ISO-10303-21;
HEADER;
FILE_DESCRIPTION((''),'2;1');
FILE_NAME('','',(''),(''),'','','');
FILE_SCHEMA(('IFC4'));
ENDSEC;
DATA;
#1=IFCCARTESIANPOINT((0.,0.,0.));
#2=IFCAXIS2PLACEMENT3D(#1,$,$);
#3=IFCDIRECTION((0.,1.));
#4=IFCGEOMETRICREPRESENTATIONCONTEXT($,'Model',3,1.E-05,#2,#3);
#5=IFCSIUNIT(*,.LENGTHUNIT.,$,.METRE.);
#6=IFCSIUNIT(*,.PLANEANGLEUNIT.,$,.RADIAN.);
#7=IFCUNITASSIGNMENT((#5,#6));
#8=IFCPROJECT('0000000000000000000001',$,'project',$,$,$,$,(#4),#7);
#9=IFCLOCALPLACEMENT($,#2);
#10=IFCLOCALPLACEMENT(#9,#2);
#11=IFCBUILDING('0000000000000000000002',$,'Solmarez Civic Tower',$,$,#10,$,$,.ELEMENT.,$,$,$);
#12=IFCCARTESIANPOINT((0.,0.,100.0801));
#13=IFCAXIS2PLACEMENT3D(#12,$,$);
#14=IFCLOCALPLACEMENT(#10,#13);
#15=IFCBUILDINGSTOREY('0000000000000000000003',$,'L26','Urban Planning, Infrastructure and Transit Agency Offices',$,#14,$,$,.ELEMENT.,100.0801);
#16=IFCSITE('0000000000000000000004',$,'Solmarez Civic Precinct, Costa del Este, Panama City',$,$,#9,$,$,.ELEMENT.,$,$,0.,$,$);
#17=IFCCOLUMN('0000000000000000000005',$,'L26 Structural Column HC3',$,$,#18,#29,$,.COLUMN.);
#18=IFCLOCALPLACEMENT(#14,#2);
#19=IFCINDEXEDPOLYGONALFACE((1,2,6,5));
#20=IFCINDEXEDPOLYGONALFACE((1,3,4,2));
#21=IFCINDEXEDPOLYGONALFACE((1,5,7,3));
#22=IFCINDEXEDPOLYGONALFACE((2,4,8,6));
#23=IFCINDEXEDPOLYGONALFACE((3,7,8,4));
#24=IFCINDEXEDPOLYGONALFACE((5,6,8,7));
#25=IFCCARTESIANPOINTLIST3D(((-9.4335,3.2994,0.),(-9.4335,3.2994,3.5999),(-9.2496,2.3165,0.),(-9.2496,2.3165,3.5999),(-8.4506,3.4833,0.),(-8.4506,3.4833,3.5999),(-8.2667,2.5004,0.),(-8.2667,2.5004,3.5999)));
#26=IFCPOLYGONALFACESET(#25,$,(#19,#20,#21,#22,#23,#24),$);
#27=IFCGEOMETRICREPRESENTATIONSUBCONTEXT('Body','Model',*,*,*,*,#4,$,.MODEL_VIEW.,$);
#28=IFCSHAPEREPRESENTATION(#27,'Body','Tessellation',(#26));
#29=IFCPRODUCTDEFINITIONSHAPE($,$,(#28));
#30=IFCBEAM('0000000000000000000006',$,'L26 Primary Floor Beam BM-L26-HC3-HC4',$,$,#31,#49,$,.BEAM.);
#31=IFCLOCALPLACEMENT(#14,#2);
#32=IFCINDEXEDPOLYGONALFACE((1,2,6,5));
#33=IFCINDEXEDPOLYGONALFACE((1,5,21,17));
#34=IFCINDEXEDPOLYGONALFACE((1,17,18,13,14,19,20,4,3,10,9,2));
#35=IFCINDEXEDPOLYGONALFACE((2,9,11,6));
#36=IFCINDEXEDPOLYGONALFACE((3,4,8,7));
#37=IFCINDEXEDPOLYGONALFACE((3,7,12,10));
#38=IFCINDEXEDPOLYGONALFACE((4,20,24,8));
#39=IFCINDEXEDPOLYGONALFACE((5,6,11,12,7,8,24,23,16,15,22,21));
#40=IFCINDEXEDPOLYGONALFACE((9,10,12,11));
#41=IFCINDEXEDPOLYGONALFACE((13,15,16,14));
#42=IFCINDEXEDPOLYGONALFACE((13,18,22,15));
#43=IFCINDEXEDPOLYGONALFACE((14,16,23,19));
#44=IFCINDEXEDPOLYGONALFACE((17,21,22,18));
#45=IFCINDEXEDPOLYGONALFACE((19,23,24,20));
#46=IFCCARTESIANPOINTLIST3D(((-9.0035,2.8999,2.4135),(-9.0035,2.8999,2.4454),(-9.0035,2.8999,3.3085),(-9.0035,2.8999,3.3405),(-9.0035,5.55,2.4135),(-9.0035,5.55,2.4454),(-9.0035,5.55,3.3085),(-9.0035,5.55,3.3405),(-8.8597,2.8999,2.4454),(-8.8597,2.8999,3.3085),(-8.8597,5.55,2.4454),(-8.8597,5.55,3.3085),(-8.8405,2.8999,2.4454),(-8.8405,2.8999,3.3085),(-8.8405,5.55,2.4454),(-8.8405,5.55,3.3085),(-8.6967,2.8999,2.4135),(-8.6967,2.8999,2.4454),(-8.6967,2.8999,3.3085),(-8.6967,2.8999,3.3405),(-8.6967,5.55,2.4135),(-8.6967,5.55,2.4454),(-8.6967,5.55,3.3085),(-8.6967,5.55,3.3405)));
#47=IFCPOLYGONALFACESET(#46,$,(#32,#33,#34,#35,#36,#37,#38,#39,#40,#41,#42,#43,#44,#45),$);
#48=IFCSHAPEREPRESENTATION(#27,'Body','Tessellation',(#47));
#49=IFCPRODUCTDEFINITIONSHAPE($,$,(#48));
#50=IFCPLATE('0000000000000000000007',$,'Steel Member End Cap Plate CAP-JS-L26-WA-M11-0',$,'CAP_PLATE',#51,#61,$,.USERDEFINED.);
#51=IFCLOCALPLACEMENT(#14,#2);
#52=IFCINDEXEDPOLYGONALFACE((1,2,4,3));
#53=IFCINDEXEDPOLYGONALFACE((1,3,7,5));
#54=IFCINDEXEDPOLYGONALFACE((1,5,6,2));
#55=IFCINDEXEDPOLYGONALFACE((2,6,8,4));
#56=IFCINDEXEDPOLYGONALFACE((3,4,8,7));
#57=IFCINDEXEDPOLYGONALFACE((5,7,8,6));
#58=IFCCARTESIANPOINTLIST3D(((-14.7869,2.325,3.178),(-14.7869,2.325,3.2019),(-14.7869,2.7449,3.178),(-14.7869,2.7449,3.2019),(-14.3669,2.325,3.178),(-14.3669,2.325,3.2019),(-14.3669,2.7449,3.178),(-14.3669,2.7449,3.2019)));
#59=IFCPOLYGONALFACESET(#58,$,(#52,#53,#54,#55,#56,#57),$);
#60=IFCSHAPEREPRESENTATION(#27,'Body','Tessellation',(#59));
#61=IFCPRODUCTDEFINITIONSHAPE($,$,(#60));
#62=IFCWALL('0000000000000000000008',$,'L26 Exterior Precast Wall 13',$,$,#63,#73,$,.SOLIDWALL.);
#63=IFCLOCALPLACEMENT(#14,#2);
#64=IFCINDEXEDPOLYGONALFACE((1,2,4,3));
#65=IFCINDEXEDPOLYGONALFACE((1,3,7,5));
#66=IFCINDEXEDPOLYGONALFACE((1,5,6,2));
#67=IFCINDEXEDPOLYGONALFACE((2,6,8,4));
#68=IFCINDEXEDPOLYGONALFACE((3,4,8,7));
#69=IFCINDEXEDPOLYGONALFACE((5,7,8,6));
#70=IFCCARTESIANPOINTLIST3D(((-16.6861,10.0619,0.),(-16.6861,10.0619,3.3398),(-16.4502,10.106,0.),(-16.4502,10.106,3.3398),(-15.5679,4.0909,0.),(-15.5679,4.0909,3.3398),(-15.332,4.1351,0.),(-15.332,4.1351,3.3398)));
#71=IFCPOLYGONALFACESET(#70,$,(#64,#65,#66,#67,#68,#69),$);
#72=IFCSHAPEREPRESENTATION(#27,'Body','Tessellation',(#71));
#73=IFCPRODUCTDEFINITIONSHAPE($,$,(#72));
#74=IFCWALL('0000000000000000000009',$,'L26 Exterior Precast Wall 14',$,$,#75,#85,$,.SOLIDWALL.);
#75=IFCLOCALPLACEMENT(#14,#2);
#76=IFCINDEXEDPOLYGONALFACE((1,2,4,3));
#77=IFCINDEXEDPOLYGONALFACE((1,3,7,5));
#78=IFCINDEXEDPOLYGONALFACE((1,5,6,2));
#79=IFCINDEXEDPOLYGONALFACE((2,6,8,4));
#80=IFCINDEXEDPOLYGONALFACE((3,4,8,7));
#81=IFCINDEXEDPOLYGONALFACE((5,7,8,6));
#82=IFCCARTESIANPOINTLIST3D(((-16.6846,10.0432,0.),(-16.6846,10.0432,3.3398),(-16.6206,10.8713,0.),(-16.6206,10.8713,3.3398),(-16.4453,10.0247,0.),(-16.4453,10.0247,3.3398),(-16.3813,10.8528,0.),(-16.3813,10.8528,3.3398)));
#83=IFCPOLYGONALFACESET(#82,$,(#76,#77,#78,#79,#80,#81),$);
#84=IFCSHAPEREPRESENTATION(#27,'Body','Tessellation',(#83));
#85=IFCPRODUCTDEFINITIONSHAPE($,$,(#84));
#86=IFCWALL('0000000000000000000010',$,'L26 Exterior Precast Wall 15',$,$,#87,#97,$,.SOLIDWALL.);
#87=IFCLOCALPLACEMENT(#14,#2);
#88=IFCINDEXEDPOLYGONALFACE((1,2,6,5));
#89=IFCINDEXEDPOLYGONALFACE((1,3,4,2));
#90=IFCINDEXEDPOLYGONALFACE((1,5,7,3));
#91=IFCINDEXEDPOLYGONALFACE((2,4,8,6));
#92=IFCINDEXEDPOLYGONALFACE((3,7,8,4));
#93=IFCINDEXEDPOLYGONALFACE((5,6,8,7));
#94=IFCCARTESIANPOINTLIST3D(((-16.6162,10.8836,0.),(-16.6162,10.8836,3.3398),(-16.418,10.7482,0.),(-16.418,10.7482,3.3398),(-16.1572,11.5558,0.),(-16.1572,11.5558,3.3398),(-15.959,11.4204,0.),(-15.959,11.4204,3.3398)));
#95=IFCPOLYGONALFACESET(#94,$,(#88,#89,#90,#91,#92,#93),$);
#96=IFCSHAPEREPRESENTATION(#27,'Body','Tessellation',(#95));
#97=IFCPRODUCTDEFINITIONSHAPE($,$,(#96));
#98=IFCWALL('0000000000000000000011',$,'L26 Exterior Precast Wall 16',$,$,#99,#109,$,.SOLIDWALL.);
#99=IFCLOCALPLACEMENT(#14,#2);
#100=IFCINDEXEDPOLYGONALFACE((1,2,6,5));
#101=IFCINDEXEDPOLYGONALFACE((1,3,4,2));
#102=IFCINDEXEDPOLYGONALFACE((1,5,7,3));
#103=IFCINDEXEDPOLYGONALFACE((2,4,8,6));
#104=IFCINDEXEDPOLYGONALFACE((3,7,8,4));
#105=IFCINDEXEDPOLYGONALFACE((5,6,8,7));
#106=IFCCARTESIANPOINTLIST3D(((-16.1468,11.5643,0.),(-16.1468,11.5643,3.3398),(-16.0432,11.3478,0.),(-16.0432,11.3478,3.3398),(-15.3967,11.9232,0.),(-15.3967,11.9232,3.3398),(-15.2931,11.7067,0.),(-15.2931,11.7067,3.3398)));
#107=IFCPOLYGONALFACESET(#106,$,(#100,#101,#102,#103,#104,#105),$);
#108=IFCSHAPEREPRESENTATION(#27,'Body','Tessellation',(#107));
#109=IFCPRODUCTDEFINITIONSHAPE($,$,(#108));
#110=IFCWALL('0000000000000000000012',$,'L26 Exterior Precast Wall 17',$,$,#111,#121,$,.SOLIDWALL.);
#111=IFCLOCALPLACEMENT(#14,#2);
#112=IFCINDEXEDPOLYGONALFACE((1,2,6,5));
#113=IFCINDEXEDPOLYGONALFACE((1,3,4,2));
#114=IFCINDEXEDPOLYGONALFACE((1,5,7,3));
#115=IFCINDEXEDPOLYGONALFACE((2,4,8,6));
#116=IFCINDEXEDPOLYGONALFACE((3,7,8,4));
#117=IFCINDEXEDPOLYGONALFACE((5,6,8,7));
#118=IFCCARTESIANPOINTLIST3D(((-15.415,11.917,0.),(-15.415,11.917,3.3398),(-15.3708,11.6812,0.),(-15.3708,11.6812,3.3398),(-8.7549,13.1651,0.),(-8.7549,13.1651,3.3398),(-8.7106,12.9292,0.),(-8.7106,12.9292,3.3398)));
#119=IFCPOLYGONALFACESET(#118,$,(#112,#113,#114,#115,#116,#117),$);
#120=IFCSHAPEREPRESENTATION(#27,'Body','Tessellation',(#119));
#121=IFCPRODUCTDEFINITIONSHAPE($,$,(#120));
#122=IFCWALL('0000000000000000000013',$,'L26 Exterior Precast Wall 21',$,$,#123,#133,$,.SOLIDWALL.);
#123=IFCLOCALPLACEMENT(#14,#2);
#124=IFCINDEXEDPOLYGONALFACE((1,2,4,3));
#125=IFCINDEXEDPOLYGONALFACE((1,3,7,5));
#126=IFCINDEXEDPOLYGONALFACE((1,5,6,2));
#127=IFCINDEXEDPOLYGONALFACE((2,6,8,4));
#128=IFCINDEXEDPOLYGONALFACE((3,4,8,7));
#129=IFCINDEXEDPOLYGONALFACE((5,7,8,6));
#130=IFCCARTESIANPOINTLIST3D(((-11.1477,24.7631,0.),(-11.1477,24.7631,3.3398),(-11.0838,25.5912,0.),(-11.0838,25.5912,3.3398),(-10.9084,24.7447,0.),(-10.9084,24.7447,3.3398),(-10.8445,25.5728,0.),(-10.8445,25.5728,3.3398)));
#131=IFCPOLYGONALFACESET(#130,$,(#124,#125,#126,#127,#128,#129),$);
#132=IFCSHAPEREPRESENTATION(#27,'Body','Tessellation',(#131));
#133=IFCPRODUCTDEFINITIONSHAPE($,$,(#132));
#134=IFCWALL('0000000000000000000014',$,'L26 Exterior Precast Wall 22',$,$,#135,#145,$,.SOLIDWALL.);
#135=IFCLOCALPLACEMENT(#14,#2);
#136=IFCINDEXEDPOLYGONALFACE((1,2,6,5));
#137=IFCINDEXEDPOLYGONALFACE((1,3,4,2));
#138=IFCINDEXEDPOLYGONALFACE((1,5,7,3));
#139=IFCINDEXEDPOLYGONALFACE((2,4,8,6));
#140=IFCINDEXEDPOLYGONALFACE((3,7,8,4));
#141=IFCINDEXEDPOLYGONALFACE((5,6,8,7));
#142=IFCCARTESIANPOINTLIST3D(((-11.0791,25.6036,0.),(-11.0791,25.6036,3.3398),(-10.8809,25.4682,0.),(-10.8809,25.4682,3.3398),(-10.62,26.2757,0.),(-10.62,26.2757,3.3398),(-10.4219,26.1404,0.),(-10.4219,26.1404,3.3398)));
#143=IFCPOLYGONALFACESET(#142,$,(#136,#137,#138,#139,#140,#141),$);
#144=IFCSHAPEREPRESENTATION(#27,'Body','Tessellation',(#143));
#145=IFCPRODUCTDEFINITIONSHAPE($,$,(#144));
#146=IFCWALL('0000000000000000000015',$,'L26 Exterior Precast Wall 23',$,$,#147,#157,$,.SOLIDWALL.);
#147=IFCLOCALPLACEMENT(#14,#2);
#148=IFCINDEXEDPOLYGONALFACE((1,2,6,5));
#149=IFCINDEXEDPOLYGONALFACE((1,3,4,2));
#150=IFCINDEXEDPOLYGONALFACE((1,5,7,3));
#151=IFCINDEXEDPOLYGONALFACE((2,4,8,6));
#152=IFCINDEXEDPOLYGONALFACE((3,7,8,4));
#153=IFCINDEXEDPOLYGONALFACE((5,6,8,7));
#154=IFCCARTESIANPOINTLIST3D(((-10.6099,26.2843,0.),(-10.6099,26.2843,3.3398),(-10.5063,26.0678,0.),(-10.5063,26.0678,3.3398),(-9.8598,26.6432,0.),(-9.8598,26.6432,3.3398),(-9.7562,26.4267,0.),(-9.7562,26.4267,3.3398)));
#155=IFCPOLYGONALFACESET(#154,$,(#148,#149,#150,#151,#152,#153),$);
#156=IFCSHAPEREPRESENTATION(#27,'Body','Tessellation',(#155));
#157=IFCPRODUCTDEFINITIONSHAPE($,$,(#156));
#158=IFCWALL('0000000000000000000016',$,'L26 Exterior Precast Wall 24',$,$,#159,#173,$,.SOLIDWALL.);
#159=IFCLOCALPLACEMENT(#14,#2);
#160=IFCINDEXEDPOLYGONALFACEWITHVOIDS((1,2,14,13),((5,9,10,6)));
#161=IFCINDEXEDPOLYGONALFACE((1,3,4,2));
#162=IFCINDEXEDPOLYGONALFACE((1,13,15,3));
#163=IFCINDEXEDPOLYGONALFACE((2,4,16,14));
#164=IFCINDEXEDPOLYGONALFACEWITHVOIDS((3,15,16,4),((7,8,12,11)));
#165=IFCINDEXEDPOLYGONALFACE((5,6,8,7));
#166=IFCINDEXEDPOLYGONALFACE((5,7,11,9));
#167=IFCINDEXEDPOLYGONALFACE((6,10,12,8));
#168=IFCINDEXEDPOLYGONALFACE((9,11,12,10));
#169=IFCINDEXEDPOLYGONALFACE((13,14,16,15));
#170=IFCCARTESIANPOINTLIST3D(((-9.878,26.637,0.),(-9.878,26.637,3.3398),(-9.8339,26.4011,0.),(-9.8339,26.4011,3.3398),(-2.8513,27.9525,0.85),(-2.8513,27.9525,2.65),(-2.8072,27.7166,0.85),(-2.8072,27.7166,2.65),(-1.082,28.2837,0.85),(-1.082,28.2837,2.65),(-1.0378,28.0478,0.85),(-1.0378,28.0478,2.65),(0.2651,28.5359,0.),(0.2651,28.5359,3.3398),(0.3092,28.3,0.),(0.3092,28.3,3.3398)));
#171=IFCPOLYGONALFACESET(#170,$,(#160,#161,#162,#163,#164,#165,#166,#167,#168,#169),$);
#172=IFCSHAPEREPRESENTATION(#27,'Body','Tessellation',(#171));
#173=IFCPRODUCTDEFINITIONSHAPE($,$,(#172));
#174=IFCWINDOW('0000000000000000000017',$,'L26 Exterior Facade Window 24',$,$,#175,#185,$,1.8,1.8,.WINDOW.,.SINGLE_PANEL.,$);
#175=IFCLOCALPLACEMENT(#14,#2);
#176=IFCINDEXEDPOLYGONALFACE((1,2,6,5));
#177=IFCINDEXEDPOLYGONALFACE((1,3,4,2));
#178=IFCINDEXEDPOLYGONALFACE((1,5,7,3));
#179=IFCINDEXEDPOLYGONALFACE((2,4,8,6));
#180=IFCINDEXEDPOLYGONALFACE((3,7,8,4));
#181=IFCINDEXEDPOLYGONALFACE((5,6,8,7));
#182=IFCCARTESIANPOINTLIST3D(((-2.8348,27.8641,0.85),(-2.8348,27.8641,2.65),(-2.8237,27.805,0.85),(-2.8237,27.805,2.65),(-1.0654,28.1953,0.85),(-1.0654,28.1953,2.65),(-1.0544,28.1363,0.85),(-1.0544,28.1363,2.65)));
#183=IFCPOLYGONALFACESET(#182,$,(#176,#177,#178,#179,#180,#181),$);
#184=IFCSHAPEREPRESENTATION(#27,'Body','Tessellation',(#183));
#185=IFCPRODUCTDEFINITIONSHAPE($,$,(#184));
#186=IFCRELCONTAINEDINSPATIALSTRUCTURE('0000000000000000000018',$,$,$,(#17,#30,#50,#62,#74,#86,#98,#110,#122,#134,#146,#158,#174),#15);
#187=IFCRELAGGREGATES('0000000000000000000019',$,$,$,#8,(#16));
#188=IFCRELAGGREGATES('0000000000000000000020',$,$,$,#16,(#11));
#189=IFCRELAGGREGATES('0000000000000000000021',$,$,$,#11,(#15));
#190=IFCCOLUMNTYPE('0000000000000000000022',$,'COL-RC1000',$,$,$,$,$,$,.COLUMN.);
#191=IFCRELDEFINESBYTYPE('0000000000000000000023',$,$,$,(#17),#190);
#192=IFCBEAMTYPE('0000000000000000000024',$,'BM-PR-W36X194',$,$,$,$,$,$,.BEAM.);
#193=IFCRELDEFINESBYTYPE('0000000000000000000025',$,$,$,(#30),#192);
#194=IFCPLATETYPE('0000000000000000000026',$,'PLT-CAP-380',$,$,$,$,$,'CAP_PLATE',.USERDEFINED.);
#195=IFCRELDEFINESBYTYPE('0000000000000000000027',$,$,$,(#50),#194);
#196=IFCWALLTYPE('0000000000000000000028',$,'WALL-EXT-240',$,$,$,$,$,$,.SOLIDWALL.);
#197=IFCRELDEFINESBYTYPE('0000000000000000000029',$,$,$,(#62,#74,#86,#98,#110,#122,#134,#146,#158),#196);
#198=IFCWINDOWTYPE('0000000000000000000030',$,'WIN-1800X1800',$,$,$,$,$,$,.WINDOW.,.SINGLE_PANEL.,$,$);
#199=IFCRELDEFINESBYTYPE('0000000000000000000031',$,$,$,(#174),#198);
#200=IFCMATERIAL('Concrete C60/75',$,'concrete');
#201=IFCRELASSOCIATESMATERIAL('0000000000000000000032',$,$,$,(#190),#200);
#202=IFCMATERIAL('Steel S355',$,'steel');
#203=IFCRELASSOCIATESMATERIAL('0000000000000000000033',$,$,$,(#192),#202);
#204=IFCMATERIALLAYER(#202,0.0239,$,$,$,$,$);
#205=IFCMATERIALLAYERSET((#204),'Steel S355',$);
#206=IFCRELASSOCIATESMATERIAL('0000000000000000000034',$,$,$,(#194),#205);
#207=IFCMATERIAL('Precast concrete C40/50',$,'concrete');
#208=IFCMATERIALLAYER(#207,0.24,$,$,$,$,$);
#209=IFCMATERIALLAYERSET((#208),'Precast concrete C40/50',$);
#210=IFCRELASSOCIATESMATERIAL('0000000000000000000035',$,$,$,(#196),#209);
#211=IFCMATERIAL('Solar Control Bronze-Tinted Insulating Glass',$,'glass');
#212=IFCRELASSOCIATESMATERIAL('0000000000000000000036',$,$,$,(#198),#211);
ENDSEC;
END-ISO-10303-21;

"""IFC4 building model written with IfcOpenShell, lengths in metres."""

from ifc_helpers import new_model, si_unit, direction, frame, frame_2d, origin, origin_2d, place, context, subcontext, project, spatial, rectangle, i_section, extrude, material, layer, layer_set, material_profile, profile_set, type_object, element, fill, save


model = new_model("IFC4")

# Units and contexts
model_context = context("Model", 3, precision=1e-05, world=origin(), true_north=direction((0.0, 1.0)))
body_context = subcontext(model_context, "Body", "Model", "MODEL_VIEW")
ifc_project = project(units=[si_unit("LENGTHUNIT", "METRE"), si_unit("PLANEANGLEUNIT", "RADIAN")], contexts=[model_context])

# Site, building, storey
site_placement = place(None, origin())
site = spatial("IfcSite", under=ifc_project, at=site_placement, Name="Solmarez Civic Precinct, Costa del Este, Panama City", CompositionType="ELEMENT", RefElevation=0.0)
building_placement = place(site_placement, origin())
building = spatial("IfcBuilding", under=site, at=building_placement, Name="Solmarez Civic Tower", CompositionType="ELEMENT")
storey_placement = place(building_placement, frame((0.0, 0.0, 100.0801)))
storey = spatial("IfcBuildingStorey", under=building, at=storey_placement, Name="L26", Description="Urban Planning, Infrastructure and Transit Agency Offices", CompositionType="ELEMENT", Elevation=100.0801)

# Column
ifc_material_1 = material(Name="Concrete C60/75", Category="concrete")
ifc_material_profile_1 = material_profile(ifc_material_1, rectangle(XDim=1.0, YDim=1.0, at=origin_2d()), Name="RC1000X1000")
ifc_profile_set_1 = profile_set([ifc_material_profile_1], Name="Concrete C60/75")
column_type = type_object("IfcColumnType", Name="COL-RC1000", PredefinedType="COLUMN", material=ifc_profile_set_1)
column_placement = place(storey_placement, frame((-8.8501, 2.8999, 0.0), z_axis=(0.0, 0.0, 1.0), x_axis=(0.982935, 0.183951, 0.0)))
element("IfcColumn", 1, at=column_placement, inside=storey, type_object=column_type, Name="L26 Structural Column HC3", PredefinedType="COLUMN", context=body_context, shape_type="SweptSolid", body=[
    extrude(rectangle(XDim=1.0, YDim=1.0, at=origin_2d()), origin(), (0.0, 0.0, 1.0), 3.5999),
])

# Beam
ifc_material_2 = material(Name="Steel S355", Category="steel")
ifc_material_profile_2 = material_profile(ifc_material_2, i_section(OverallWidth=0.3069, OverallDepth=0.927, WebThickness=0.0193, FlangeThickness=0.032, at=origin_2d()), Name="W36X194")
ifc_profile_set_2 = profile_set([ifc_material_profile_2], Name="Steel S355")
beam_type = type_object("IfcBeamType", Name="BM-PR-W36X194", PredefinedType="BEAM", material=ifc_profile_set_2)
beam_placement = place(storey_placement, frame((-8.8501, 2.8999, 2.877), z_axis=(0.0, 1.0, 0.0), x_axis=(-1.0, 0.0, 0.0)))
element("IfcBeam", 2, at=beam_placement, inside=storey, type_object=beam_type, Name="L26 Primary Floor Beam BM-L26-HC3-HC4", PredefinedType="BEAM", context=body_context, shape_type="SweptSolid", body=[
    extrude(i_section(OverallWidth=0.3069, OverallDepth=0.927, WebThickness=0.0193, FlangeThickness=0.032, at=origin_2d()), origin(), (0.0, 0.0, 1.0), 2.6501),
])

# Plate
ifc_layer_1 = layer(ifc_material_2, 0.0239)
ifc_layer_set_1 = layer_set([ifc_layer_1], Name="Steel S355")
plate_type = type_object("IfcPlateType", Name="PLT-CAP-380", ElementType="CAP_PLATE", PredefinedType="USERDEFINED", material=ifc_layer_set_1)
plate_placement = place(storey_placement, frame((-14.5769, 2.5349, 3.178), z_axis=(0.0, 0.0, 1.0), x_axis=(1.0, 0.0, 0.0)))
element("IfcPlate", 3, at=plate_placement, inside=storey, type_object=plate_type, Name="Steel Member End Cap Plate CAP-JS-L26-WA-M11-0", ObjectType="CAP_PLATE", PredefinedType="USERDEFINED", context=body_context, shape_type="SweptSolid", body=[
    extrude(rectangle(XDim=0.4199, YDim=0.4199, at=origin_2d()), origin(), (0.0, 0.0, 1.0), 0.0239),
])

# Walls
ifc_material_3 = material(Name="Precast concrete C40/50", Category="concrete")
ifc_layer_2 = layer(ifc_material_3, 0.24)
ifc_layer_set_2 = layer_set([ifc_layer_2], Name="Precast concrete C40/50")
wall_type_1 = type_object("IfcWallType", Name="WALL-EXT-240", PredefinedType="SOLIDWALL", material=ifc_layer_set_2)
wall_1_placement = place(storey_placement, frame((-15.45, 4.113, 0.0), z_axis=(0.0, 0.0, 1.0), x_axis=(-0.184068, 0.982914, 0.0)))
element("IfcWall", 4, at=wall_1_placement, inside=storey, type_object=wall_type_1, Name="L26 Exterior Precast Wall 13", PredefinedType="SOLIDWALL", context=body_context, shape_type="SweptSolid", body=[
    extrude(rectangle(XDim=6.0747, YDim=0.24, at=frame_2d((3.0374, 0.0))), origin(), (0.0, 0.0, 1.0), 3.3398),
])
wall_2_placement = place(storey_placement, frame((-16.5649, 10.0339, 0.0), z_axis=(0.0, 0.0, 1.0), x_axis=(0.077011, 0.99703, 0.0)))
element("IfcWall", 5, at=wall_2_placement, inside=storey, type_object=wall_type_1, Name="L26 Exterior Precast Wall 14", PredefinedType="SOLIDWALL", context=body_context, shape_type="SweptSolid", body=[
    extrude(rectangle(XDim=0.8306, YDim=0.24, at=frame_2d((0.4153, 0.0))), origin(), (0.0, 0.0, 1.0), 3.3398),
])
wall_3_placement = place(storey_placement, frame((-16.5171, 10.8159, 0.0), z_axis=(0.0, 0.0, 1.0), x_axis=(0.563942, 0.825815, 0.0)))
element("IfcWall", 6, at=wall_3_placement, inside=storey, type_object=wall_type_1, Name="L26 Exterior Precast Wall 15", PredefinedType="SOLIDWALL", context=body_context, shape_type="SweptSolid", body=[
    extrude(rectangle(XDim=0.814, YDim=0.24, at=frame_2d((0.407, 0.0))), origin(), (0.0, 0.0, 1.0), 3.3398),
])
wall_4_placement = place(storey_placement, frame((-16.095, 11.4561, 0.0), z_axis=(0.0, 0.0, 1.0), x_axis=(0.902045, 0.431643, 0.0)))
element("IfcWall", 7, at=wall_4_placement, inside=storey, type_object=wall_type_1, Name="L26 Exterior Precast Wall 16", PredefinedType="SOLIDWALL", context=body_context, shape_type="SweptSolid", body=[
    extrude(rectangle(XDim=0.8315, YDim=0.24, at=frame_2d((0.4158, 0.0))), origin(), (0.0, 0.0, 1.0), 3.3398),
])
wall_5_placement = place(storey_placement, frame((-15.3931, 11.7991, 0.0), z_axis=(0.0, 0.0, 1.0), x_axis=(0.982892, 0.184184, 0.0)))
element("IfcWall", 8, at=wall_5_placement, inside=storey, type_object=wall_type_1, Name="L26 Exterior Precast Wall 17", PredefinedType="SOLIDWALL", context=body_context, shape_type="SweptSolid", body=[
    extrude(rectangle(XDim=6.7761, YDim=0.24, at=frame_2d((3.3882, 0.0))), origin(), (0.0, 0.0, 1.0), 3.3398),
])
wall_6_placement = place(storey_placement, frame((-11.0281, 24.7539, 0.0), z_axis=(0.0, 0.0, 1.0), x_axis=(0.077011, 0.99703, 0.0)))
element("IfcWall", 9, at=wall_6_placement, inside=storey, type_object=wall_type_1, Name="L26 Exterior Precast Wall 21", PredefinedType="SOLIDWALL", context=body_context, shape_type="SweptSolid", body=[
    extrude(rectangle(XDim=0.8306, YDim=0.24, at=frame_2d((0.4153, 0.0))), origin(), (0.0, 0.0, 1.0), 3.3398),
])
wall_7_placement = place(storey_placement, frame((-10.98, 25.5359, 0.0), z_axis=(0.0, 0.0, 1.0), x_axis=(0.563942, 0.825815, 0.0)))
element("IfcWall", 10, at=wall_7_placement, inside=storey, type_object=wall_type_1, Name="L26 Exterior Precast Wall 22", PredefinedType="SOLIDWALL", context=body_context, shape_type="SweptSolid", body=[
    extrude(rectangle(XDim=0.814, YDim=0.24, at=frame_2d((0.407, 0.0))), origin(), (0.0, 0.0, 1.0), 3.3398),
])
wall_8_placement = place(storey_placement, frame((-10.5581, 26.176, 0.0), z_axis=(0.0, 0.0, 1.0), x_axis=(0.902045, 0.431643, 0.0)))
element("IfcWall", 11, at=wall_8_placement, inside=storey, type_object=wall_type_1, Name="L26 Exterior Precast Wall 23", PredefinedType="SOLIDWALL", context=body_context, shape_type="SweptSolid", body=[
    extrude(rectangle(XDim=0.8315, YDim=0.24, at=frame_2d((0.4158, 0.0))), origin(), (0.0, 0.0, 1.0), 3.3398),
])

# Wall, opening, window
wall_9_placement = place(storey_placement, frame((-9.856, 26.519, 0.0), z_axis=(0.0, 0.0, 1.0), x_axis=(0.982923, 0.184017, 0.0)))
wall_9 = element("IfcWall", 12, at=wall_9_placement, inside=storey, type_object=wall_type_1, Name="L26 Exterior Precast Wall 24", PredefinedType="SOLIDWALL", context=body_context, shape_type="SweptSolid", body=[
    extrude(rectangle(XDim=10.3193, YDim=0.24, at=frame_2d((5.1597, 0.0))), origin(), (0.0, 0.0, 1.0), 3.3398),
])
opening_1_placement = place(wall_9_placement, frame((7.1489, 0.0, 0.8501)))
opening_1 = element("IfcOpeningElement", 13, at=opening_1_placement, cuts=wall_9, PredefinedType="OPENING", context=body_context, shape_type="SweptSolid", body=[
    extrude(rectangle(XDim=1.8, YDim=1.8, at=frame_2d((0.8999, 0.8999))), frame((0.0, 0.1299, 0.0), z_axis=(0.0, -1.0, 0.0), x_axis=(1.0, 0.0, 0.0)), (0.0, 0.0, 1.0), 0.26),
])
ifc_material_4 = material(Name="Solar Control Bronze-Tinted Insulating Glass", Category="glass")
window_type = type_object("IfcWindowType", Name="WIN-1800X1800", PartitioningType="SINGLE_PANEL", PredefinedType="WINDOW", material=ifc_material_4)
window_placement = place(opening_1_placement, origin())
window = element("IfcWindow", 14, at=window_placement, inside=storey, type_object=window_type, Name="L26 Exterior Facade Window 24", OverallHeight=1.8, OverallWidth=1.8, PartitioningType="SINGLE_PANEL", PredefinedType="WINDOW", context=body_context, shape_type="SweptSolid", body=[
    extrude(rectangle(XDim=1.8, YDim=1.8, at=frame_2d((0.8999, 0.8999))), frame((0.0, 0.03, 0.0), z_axis=(0.0, -1.0, 0.0), x_axis=(1.0, 0.0, 0.0)), (0.0, 0.0, 1.0), 0.0601),
])
fill(opening_1, window)

save(model, "model.ifc")
